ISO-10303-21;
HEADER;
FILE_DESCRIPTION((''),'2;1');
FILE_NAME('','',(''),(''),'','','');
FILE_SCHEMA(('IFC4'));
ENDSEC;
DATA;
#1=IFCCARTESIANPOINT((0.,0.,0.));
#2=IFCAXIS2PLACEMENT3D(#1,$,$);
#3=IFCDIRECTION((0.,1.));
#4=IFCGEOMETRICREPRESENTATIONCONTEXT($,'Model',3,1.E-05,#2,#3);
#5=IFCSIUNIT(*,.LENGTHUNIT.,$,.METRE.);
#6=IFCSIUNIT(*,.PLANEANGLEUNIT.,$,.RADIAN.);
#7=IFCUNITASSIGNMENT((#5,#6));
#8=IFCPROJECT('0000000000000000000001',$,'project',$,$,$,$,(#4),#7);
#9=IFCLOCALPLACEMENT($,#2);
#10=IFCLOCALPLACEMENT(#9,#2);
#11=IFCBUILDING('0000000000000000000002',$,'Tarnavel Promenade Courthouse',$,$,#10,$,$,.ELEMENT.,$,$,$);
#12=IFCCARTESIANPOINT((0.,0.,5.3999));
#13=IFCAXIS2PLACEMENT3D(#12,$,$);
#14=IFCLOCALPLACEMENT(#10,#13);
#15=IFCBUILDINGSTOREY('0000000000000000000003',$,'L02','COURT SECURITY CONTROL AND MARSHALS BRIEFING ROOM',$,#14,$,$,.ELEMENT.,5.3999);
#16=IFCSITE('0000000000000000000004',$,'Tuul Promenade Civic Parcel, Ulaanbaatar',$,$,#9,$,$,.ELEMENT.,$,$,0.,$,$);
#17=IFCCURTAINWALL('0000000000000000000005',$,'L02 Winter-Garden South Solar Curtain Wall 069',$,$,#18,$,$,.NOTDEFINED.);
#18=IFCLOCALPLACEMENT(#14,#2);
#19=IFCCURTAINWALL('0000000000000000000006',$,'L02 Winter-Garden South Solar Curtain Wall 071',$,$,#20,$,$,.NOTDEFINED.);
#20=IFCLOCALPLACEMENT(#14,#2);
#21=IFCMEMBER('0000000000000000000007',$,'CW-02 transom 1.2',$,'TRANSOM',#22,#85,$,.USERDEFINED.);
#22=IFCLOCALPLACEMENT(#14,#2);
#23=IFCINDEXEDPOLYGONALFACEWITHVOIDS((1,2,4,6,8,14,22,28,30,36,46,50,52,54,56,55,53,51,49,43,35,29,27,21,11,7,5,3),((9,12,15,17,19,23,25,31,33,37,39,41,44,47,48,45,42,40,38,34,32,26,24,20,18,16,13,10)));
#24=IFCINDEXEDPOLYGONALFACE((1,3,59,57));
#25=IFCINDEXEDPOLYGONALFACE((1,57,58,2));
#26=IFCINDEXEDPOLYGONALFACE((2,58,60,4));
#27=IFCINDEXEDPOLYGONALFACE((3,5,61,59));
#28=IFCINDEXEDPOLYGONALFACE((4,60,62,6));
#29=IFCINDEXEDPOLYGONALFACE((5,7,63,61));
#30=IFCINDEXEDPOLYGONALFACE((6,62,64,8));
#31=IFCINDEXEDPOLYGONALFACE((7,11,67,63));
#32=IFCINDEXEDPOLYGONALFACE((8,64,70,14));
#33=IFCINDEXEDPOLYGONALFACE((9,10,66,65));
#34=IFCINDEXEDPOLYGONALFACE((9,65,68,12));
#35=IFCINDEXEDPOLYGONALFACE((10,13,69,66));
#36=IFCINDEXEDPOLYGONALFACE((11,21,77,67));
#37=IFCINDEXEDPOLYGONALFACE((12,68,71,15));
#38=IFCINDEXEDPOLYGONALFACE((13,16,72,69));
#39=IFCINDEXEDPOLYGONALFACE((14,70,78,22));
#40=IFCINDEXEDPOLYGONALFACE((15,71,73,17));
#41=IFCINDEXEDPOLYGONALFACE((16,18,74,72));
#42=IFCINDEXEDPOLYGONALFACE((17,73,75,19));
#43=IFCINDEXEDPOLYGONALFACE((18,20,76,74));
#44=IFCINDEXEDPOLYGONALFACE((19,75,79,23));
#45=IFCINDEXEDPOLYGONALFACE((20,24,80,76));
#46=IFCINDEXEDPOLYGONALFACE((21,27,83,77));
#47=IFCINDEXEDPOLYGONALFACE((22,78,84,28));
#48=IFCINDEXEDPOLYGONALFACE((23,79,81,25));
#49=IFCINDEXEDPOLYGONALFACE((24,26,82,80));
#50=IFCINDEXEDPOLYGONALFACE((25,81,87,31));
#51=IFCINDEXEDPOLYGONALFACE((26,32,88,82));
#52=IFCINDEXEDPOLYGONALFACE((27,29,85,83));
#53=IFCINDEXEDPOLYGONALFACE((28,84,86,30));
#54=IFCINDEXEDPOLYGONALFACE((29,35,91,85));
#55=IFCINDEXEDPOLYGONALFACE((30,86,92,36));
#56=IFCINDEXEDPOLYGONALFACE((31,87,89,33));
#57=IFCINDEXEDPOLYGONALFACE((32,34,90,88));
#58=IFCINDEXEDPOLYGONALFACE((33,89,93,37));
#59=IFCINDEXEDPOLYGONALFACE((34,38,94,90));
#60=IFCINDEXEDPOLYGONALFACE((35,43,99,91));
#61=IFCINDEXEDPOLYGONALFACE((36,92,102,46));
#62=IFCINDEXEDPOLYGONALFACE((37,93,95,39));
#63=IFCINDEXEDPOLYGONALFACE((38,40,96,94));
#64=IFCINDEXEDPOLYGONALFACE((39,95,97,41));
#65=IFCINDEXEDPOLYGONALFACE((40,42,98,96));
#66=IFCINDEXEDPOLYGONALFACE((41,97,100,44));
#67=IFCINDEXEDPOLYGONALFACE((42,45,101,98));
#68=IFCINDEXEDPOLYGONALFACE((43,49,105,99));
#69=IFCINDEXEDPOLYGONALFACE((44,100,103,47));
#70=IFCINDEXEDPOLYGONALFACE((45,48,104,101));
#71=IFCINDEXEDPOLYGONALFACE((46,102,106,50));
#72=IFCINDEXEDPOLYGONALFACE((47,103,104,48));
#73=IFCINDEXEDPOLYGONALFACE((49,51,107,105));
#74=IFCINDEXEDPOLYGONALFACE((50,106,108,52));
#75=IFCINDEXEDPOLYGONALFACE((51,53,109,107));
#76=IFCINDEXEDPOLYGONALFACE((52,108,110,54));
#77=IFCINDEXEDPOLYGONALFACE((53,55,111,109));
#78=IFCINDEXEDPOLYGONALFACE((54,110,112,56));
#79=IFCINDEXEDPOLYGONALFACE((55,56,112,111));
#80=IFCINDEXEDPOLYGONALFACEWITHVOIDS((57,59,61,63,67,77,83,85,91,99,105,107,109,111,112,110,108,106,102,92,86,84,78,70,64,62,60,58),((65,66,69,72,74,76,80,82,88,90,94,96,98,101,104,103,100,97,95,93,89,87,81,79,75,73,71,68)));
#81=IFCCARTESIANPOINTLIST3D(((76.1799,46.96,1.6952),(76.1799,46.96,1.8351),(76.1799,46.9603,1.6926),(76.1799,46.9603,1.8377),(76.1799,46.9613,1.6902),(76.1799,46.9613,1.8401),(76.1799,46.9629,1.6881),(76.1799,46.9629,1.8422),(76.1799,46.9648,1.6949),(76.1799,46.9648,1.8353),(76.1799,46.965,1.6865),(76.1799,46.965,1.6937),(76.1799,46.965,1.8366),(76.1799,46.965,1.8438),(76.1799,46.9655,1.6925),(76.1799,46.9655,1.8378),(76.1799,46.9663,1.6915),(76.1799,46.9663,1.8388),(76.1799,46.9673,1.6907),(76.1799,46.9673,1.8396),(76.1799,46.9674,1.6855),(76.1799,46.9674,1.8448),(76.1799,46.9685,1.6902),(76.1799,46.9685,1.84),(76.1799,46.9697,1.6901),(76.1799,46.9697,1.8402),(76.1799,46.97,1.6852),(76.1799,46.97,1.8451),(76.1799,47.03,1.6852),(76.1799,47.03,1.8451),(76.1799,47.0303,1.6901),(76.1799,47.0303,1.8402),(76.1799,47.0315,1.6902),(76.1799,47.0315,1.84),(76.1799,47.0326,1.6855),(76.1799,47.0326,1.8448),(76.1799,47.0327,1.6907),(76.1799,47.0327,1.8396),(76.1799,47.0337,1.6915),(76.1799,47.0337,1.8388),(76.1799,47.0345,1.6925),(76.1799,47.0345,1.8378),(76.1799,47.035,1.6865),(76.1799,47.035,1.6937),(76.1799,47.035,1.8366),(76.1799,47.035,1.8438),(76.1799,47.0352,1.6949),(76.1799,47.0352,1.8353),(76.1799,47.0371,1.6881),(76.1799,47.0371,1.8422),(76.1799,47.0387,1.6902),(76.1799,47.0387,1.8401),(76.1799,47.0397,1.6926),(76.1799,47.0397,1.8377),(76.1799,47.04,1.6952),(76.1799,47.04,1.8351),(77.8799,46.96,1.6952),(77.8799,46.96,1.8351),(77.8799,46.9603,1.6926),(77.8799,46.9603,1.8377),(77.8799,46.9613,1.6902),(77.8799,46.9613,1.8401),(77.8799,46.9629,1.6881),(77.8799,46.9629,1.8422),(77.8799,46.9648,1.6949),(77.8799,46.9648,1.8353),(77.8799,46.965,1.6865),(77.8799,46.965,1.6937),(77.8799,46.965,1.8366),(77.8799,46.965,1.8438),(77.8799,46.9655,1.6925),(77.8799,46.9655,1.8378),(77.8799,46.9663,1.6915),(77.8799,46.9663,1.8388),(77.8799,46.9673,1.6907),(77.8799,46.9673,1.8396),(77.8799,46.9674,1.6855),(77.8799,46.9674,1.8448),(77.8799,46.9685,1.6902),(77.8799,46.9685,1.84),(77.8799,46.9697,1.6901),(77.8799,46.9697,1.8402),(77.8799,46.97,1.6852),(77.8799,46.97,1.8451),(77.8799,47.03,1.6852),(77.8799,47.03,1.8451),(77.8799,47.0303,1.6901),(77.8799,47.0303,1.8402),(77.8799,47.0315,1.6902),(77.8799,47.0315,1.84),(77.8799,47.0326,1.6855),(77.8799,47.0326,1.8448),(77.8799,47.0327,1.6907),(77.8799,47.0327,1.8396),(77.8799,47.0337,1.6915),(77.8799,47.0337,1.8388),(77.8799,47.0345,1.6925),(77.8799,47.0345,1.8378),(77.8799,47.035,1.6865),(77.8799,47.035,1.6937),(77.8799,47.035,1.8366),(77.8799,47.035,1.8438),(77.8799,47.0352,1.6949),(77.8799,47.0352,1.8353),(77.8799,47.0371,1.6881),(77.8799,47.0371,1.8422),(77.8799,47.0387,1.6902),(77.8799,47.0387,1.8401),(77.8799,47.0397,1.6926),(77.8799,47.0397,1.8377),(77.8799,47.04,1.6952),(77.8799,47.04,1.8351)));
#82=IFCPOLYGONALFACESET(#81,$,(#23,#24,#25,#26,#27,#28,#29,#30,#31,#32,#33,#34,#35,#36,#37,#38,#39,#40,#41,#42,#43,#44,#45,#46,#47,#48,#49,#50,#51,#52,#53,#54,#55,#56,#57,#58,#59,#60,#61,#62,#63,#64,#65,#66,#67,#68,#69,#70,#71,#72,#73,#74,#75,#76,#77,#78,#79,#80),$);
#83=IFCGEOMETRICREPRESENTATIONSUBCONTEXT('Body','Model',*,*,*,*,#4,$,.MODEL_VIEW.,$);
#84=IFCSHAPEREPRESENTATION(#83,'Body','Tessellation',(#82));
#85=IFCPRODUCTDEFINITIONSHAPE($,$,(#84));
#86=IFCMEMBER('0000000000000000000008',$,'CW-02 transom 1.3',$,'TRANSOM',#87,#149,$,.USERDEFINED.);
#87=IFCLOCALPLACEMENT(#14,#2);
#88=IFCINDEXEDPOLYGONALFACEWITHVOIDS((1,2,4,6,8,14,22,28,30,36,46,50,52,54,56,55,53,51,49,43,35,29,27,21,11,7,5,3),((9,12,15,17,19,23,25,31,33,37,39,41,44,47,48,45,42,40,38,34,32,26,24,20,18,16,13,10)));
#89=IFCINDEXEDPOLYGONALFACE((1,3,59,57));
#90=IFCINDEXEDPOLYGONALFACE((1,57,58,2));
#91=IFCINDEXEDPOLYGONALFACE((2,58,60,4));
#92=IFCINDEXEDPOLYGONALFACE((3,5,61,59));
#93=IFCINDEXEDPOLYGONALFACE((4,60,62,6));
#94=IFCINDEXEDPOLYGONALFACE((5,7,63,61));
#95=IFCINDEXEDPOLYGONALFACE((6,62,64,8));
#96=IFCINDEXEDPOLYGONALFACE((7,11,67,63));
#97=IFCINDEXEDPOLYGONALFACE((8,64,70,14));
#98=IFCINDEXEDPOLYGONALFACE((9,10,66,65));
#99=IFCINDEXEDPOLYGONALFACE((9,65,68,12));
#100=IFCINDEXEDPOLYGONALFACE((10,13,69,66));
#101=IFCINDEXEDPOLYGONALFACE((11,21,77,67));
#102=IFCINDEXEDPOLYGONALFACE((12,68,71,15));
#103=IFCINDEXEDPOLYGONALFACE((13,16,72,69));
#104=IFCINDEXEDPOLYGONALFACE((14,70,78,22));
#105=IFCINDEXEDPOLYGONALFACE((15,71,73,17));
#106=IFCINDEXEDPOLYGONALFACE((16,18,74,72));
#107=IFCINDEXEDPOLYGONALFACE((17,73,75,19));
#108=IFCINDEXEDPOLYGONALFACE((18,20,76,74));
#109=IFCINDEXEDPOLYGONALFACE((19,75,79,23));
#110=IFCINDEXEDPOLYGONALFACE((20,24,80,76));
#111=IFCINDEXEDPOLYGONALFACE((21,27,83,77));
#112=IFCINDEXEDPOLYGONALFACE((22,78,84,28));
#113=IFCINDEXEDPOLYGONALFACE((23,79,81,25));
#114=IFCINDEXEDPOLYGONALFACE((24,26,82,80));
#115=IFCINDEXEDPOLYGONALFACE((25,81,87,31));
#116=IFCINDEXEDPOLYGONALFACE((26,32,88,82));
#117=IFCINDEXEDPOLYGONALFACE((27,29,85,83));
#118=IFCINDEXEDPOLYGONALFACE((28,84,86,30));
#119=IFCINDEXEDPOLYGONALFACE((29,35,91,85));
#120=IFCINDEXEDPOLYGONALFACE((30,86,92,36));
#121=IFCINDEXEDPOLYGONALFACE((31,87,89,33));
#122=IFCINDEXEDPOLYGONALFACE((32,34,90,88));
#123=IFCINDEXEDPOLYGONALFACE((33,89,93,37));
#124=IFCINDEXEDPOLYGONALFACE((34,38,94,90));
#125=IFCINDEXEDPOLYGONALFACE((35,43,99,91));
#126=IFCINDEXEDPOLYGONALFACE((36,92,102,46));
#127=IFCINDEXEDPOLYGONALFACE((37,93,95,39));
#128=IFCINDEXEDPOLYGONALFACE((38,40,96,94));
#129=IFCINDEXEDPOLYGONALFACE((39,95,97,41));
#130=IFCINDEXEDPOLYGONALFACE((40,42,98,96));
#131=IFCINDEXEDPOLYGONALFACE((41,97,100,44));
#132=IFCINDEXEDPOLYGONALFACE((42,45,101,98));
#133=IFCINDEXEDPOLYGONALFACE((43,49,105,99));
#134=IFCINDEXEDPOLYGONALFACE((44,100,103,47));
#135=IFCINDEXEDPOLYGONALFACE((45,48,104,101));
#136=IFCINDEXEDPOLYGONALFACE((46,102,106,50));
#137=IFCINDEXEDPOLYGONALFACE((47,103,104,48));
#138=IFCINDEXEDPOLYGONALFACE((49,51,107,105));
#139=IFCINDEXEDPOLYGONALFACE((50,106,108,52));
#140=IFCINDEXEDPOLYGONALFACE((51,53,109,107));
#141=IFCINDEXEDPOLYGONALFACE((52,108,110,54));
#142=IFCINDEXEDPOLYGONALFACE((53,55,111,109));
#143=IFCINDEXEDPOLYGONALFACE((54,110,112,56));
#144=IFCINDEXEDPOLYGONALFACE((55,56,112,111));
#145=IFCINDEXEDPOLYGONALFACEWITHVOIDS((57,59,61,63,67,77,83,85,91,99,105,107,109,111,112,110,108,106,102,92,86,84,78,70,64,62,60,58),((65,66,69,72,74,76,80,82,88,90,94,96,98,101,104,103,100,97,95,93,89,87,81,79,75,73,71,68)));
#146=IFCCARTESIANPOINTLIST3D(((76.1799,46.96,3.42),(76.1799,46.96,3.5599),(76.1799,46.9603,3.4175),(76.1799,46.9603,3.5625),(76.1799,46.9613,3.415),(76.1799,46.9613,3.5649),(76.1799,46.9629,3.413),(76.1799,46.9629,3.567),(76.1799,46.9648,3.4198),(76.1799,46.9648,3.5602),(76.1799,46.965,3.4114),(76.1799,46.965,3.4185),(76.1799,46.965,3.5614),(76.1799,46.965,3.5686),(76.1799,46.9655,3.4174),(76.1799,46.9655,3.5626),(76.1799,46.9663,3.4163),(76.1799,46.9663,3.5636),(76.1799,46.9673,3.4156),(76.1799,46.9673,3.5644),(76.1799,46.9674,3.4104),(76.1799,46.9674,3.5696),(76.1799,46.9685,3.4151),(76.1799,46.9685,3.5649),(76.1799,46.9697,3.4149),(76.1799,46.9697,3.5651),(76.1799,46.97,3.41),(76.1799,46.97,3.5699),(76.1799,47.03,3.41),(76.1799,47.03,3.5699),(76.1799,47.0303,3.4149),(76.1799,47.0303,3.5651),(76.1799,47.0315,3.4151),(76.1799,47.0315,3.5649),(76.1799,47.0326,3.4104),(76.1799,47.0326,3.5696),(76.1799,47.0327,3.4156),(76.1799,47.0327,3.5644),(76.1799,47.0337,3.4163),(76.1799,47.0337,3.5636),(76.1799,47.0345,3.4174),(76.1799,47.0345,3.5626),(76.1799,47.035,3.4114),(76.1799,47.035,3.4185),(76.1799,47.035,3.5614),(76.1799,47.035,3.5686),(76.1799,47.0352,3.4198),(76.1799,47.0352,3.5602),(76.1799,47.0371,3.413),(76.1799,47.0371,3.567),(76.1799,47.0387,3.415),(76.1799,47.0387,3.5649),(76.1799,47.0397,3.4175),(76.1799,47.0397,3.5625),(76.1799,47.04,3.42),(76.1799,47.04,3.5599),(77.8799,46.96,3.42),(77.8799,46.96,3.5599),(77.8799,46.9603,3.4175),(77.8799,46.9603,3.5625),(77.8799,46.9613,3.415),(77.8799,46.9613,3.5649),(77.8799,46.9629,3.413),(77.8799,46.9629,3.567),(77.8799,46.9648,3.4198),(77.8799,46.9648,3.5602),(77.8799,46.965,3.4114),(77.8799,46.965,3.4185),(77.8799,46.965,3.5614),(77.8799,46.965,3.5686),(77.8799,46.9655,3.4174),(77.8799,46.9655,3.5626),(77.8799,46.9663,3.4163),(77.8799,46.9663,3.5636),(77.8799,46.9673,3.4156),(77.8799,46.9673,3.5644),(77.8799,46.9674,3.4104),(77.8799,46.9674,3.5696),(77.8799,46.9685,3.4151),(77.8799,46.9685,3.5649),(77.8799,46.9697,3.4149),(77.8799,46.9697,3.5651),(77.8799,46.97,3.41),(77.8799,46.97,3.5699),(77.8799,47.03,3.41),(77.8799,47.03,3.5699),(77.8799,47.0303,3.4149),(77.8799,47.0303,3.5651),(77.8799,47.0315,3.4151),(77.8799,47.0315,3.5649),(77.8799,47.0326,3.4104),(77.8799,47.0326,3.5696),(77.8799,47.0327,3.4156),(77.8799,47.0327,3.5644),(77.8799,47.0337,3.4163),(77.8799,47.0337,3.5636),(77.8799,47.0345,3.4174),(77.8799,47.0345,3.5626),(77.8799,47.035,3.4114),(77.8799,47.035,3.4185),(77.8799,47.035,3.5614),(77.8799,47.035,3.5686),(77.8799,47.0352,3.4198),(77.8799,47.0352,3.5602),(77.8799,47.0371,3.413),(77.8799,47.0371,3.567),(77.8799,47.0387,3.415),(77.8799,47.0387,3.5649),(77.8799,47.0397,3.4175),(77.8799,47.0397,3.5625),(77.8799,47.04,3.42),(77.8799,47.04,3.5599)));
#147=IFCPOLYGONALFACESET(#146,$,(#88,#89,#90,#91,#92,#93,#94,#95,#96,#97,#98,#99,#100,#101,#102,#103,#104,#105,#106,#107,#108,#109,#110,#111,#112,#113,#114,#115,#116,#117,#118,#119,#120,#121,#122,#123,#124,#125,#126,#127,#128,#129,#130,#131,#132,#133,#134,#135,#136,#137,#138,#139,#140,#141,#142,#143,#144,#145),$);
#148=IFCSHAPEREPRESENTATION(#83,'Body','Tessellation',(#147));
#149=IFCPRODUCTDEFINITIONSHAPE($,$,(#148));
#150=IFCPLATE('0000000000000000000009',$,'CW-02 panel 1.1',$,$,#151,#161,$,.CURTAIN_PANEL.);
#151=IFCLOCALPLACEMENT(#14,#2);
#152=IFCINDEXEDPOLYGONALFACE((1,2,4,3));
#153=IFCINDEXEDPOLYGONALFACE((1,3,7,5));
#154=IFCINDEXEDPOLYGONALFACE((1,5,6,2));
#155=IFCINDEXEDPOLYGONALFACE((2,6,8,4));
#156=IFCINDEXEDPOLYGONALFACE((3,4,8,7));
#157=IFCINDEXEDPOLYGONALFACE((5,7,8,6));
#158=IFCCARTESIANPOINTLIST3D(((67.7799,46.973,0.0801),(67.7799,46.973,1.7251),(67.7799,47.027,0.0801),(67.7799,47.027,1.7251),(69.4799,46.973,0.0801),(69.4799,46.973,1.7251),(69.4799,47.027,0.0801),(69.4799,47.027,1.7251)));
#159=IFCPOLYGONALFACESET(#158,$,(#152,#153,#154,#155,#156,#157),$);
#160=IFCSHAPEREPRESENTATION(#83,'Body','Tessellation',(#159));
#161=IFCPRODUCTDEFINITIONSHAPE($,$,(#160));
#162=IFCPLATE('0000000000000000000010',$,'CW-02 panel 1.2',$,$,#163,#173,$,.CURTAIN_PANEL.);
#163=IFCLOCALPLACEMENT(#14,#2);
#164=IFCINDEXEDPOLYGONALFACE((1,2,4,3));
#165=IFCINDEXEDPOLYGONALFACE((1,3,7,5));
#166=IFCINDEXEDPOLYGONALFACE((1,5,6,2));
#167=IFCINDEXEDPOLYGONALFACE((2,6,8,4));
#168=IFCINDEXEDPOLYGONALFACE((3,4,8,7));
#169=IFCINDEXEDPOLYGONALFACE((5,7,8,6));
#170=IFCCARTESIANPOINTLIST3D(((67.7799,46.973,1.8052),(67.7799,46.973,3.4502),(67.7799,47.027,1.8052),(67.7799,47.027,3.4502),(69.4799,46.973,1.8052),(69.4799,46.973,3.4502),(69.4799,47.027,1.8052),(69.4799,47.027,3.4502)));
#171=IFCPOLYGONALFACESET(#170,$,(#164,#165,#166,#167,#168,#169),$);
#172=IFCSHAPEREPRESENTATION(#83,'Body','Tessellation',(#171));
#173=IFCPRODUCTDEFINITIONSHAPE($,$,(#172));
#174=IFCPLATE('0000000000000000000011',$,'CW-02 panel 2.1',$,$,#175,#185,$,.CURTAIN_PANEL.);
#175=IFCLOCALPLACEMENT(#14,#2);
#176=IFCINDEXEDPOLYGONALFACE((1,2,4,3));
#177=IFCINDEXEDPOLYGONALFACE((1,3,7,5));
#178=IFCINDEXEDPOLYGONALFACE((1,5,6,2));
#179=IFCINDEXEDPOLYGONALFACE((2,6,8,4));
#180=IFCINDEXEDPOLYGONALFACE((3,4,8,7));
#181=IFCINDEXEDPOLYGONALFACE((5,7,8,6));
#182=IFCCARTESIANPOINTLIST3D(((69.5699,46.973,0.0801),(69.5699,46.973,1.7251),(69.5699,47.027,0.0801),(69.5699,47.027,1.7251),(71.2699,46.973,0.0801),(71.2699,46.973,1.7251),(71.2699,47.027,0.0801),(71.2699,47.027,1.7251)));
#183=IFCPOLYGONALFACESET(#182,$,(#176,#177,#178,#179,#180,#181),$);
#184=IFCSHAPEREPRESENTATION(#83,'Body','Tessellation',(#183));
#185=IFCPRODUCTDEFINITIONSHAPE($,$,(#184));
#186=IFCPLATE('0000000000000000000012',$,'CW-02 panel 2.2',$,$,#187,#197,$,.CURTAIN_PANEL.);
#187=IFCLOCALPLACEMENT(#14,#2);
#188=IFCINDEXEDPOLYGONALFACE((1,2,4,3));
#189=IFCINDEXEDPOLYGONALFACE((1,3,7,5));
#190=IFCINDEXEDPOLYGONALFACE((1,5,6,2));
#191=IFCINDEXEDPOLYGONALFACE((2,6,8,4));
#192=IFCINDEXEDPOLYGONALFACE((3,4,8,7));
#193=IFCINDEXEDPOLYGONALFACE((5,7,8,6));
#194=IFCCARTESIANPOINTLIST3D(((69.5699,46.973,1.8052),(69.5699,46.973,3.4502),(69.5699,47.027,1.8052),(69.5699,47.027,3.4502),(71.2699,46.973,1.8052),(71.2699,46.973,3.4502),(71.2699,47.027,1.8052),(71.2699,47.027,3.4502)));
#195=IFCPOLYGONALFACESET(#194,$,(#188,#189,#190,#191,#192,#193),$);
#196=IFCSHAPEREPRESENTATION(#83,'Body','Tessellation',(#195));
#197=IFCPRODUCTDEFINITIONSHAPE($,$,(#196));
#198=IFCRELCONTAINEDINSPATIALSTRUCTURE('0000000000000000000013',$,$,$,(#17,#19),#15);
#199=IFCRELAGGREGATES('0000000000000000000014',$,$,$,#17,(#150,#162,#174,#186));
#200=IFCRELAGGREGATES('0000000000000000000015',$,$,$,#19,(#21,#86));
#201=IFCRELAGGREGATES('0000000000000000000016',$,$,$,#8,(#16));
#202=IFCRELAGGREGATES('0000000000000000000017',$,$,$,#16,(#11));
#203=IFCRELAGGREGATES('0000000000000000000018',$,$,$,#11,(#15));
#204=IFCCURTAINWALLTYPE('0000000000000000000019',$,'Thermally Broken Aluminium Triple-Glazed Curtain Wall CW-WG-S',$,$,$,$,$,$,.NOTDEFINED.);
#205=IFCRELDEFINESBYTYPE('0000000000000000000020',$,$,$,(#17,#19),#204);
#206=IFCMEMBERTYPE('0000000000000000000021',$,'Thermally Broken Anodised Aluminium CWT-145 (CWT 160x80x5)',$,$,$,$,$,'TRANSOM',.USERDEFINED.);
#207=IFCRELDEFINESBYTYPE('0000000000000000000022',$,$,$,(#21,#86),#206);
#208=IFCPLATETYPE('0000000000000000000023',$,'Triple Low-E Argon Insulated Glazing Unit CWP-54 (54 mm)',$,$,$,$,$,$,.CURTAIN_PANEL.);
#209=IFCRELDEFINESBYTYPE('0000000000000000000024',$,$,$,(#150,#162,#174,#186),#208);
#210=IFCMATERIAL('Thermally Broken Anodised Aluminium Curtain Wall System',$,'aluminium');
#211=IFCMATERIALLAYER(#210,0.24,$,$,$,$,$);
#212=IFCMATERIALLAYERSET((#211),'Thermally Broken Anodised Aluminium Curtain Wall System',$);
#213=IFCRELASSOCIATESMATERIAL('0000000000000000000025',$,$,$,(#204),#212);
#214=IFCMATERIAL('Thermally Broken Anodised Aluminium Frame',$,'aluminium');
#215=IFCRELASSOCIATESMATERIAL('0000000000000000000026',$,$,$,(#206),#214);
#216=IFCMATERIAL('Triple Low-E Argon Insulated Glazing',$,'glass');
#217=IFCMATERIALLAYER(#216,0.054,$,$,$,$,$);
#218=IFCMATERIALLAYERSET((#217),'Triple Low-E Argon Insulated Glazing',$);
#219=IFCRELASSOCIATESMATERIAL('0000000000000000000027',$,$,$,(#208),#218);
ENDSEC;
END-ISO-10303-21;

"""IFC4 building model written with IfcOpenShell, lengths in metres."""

from ifc_helpers import new_model, si_unit, direction, frame, origin, origin_2d, place, context, subcontext, project, spatial, rectangle, hollow_rectangle, extrude, material, layer, layer_set, material_profile, profile_set, type_object, element, aggregate, save


model = new_model("IFC4")

# Units and contexts
model_context = context("Model", 3, precision=1e-05, world=origin(), true_north=direction((0.0, 1.0)))
body_context = subcontext(model_context, "Body", "Model", "MODEL_VIEW")
ifc_project = project(units=[si_unit("LENGTHUNIT", "METRE"), si_unit("PLANEANGLEUNIT", "RADIAN")], contexts=[model_context])

# Site, building, storey
site_placement = place(None, origin())
site = spatial("IfcSite", under=ifc_project, at=site_placement, Name="Tuul Promenade Civic Parcel, Ulaanbaatar", CompositionType="ELEMENT", RefElevation=0.0)
building_placement = place(site_placement, origin())
building = spatial("IfcBuilding", under=site, at=building_placement, Name="Tarnavel Promenade Courthouse", CompositionType="ELEMENT")
storey_placement = place(building_placement, frame((0.0, 0.0, 5.3999)))
storey = spatial("IfcBuildingStorey", under=building, at=storey_placement, Name="L02", Description="COURT SECURITY CONTROL AND MARSHALS BRIEFING ROOM", CompositionType="ELEMENT", Elevation=5.3999)

# Curtain wall
ifc_material_1 = material(Name="Thermally Broken Anodised Aluminium Curtain Wall System", Category="aluminium")
ifc_layer_1 = layer(ifc_material_1, 0.24)
ifc_layer_set_1 = layer_set([ifc_layer_1], Name="Thermally Broken Anodised Aluminium Curtain Wall System")
curtain_wall_type = type_object("IfcCurtainWallType", Name="Thermally Broken Aluminium Triple-Glazed Curtain Wall CW-WG-S", PredefinedType="NOTDEFINED", material=ifc_layer_set_1)
curtain_wall_1_placement = place(storey_placement, origin())
curtain_wall_1 = element("IfcCurtainWall", 1, at=curtain_wall_1_placement, inside=storey, type_object=curtain_wall_type, Name="L02 Winter-Garden South Solar Curtain Wall 069", PredefinedType="NOTDEFINED")
ifc_material_2 = material(Name="Thermally Broken Anodised Aluminium Frame", Category="aluminium")

# Curtain wall
curtain_wall_2_placement = place(storey_placement, origin())
curtain_wall_2 = element("IfcCurtainWall", 2, at=curtain_wall_2_placement, inside=storey, type_object=curtain_wall_type, Name="L02 Winter-Garden South Solar Curtain Wall 071", PredefinedType="NOTDEFINED")

# Members
ifc_material_profile_1 = material_profile(ifc_material_2, hollow_rectangle(XDim=0.0801, YDim=0.1599, WallThickness=0.0049, InnerFilletRadius=0.0049, OuterFilletRadius=0.01, at=origin_2d()), Name="CWT 160x80x5")
ifc_profile_set_1 = profile_set([ifc_material_profile_1], Name="Thermally Broken Anodised Aluminium Frame")
member_type_1 = type_object("IfcMemberType", Name="Thermally Broken Anodised Aluminium CWT-145 (CWT 160x80x5)", ElementType="TRANSOM", PredefinedType="USERDEFINED", material=ifc_profile_set_1)
member_1_placement = place(storey_placement, frame((76.1799, 47.0, 1.7651), z_axis=(1.0, 0.0, 0.0), x_axis=(0.0, 1.0, 0.0)))
member_1 = element("IfcMember", 3, at=member_1_placement, type_object=member_type_1, Name="CW-02 transom 1.2", ObjectType="TRANSOM", PredefinedType="USERDEFINED", context=body_context, shape_type="SweptSolid", body=[
    extrude(hollow_rectangle(XDim=0.0801, YDim=0.1599, WallThickness=0.0049, InnerFilletRadius=0.0049, OuterFilletRadius=0.01, at=origin_2d()), origin(), (0.0, 0.0, 1.0), 1.7),
])
member_2_placement = place(storey_placement, frame((76.1799, 47.0, 3.49), z_axis=(1.0, 0.0, 0.0), x_axis=(0.0, 1.0, 0.0)))
member_2 = element("IfcMember", 4, at=member_2_placement, type_object=member_type_1, Name="CW-02 transom 1.3", ObjectType="TRANSOM", PredefinedType="USERDEFINED", context=body_context, shape_type="SweptSolid", body=[
    extrude(hollow_rectangle(XDim=0.0801, YDim=0.1599, WallThickness=0.0049, InnerFilletRadius=0.0049, OuterFilletRadius=0.01, at=origin_2d()), origin(), (0.0, 0.0, 1.0), 1.7),
])

# Plates
ifc_material_3 = material(Name="Triple Low-E Argon Insulated Glazing", Category="glass")
ifc_layer_2 = layer(ifc_material_3, 0.054)
ifc_layer_set_2 = layer_set([ifc_layer_2], Name="Triple Low-E Argon Insulated Glazing")
plate_type = type_object("IfcPlateType", Name="Triple Low-E Argon Insulated Glazing Unit CWP-54 (54 mm)", PredefinedType="CURTAIN_PANEL", material=ifc_layer_set_2)
plate_1_placement = place(storey_placement, frame((68.6299, 47.0, 0.0801), z_axis=(0.0, 0.0, 1.0), x_axis=(1.0, 0.0, 0.0)))
plate_1 = element("IfcPlate", 5, at=plate_1_placement, type_object=plate_type, Name="CW-02 panel 1.1", PredefinedType="CURTAIN_PANEL", context=body_context, shape_type="SweptSolid", body=[
    extrude(rectangle(XDim=1.7, YDim=0.054, at=origin_2d()), origin(), (0.0, 0.0, 1.0), 1.645),
])
plate_2_placement = place(storey_placement, frame((68.6299, 47.0, 1.8052), z_axis=(0.0, 0.0, 1.0), x_axis=(1.0, 0.0, 0.0)))
plate_2 = element("IfcPlate", 6, at=plate_2_placement, type_object=plate_type, Name="CW-02 panel 1.2", PredefinedType="CURTAIN_PANEL", context=body_context, shape_type="SweptSolid", body=[
    extrude(rectangle(XDim=1.7, YDim=0.054, at=origin_2d()), origin(), (0.0, 0.0, 1.0), 1.645),
])
plate_3_placement = place(storey_placement, frame((70.4199, 47.0, 0.0801), z_axis=(0.0, 0.0, 1.0), x_axis=(1.0, 0.0, 0.0)))
plate_3 = element("IfcPlate", 7, at=plate_3_placement, type_object=plate_type, Name="CW-02 panel 2.1", PredefinedType="CURTAIN_PANEL", context=body_context, shape_type="SweptSolid", body=[
    extrude(rectangle(XDim=1.7, YDim=0.054, at=origin_2d()), origin(), (0.0, 0.0, 1.0), 1.645),
])
plate_4_placement = place(storey_placement, frame((70.4199, 47.0, 1.8052), z_axis=(0.0, 0.0, 1.0), x_axis=(1.0, 0.0, 0.0)))
plate_4 = element("IfcPlate", 8, at=plate_4_placement, type_object=plate_type, Name="CW-02 panel 2.2", PredefinedType="CURTAIN_PANEL", context=body_context, shape_type="SweptSolid", body=[
    extrude(rectangle(XDim=1.7, YDim=0.054, at=origin_2d()), origin(), (0.0, 0.0, 1.0), 1.645),
])
aggregate(curtain_wall_1, [plate_1, plate_2, plate_3, plate_4])
aggregate(curtain_wall_2, [member_1, member_2])

save(model, "model.ifc")
